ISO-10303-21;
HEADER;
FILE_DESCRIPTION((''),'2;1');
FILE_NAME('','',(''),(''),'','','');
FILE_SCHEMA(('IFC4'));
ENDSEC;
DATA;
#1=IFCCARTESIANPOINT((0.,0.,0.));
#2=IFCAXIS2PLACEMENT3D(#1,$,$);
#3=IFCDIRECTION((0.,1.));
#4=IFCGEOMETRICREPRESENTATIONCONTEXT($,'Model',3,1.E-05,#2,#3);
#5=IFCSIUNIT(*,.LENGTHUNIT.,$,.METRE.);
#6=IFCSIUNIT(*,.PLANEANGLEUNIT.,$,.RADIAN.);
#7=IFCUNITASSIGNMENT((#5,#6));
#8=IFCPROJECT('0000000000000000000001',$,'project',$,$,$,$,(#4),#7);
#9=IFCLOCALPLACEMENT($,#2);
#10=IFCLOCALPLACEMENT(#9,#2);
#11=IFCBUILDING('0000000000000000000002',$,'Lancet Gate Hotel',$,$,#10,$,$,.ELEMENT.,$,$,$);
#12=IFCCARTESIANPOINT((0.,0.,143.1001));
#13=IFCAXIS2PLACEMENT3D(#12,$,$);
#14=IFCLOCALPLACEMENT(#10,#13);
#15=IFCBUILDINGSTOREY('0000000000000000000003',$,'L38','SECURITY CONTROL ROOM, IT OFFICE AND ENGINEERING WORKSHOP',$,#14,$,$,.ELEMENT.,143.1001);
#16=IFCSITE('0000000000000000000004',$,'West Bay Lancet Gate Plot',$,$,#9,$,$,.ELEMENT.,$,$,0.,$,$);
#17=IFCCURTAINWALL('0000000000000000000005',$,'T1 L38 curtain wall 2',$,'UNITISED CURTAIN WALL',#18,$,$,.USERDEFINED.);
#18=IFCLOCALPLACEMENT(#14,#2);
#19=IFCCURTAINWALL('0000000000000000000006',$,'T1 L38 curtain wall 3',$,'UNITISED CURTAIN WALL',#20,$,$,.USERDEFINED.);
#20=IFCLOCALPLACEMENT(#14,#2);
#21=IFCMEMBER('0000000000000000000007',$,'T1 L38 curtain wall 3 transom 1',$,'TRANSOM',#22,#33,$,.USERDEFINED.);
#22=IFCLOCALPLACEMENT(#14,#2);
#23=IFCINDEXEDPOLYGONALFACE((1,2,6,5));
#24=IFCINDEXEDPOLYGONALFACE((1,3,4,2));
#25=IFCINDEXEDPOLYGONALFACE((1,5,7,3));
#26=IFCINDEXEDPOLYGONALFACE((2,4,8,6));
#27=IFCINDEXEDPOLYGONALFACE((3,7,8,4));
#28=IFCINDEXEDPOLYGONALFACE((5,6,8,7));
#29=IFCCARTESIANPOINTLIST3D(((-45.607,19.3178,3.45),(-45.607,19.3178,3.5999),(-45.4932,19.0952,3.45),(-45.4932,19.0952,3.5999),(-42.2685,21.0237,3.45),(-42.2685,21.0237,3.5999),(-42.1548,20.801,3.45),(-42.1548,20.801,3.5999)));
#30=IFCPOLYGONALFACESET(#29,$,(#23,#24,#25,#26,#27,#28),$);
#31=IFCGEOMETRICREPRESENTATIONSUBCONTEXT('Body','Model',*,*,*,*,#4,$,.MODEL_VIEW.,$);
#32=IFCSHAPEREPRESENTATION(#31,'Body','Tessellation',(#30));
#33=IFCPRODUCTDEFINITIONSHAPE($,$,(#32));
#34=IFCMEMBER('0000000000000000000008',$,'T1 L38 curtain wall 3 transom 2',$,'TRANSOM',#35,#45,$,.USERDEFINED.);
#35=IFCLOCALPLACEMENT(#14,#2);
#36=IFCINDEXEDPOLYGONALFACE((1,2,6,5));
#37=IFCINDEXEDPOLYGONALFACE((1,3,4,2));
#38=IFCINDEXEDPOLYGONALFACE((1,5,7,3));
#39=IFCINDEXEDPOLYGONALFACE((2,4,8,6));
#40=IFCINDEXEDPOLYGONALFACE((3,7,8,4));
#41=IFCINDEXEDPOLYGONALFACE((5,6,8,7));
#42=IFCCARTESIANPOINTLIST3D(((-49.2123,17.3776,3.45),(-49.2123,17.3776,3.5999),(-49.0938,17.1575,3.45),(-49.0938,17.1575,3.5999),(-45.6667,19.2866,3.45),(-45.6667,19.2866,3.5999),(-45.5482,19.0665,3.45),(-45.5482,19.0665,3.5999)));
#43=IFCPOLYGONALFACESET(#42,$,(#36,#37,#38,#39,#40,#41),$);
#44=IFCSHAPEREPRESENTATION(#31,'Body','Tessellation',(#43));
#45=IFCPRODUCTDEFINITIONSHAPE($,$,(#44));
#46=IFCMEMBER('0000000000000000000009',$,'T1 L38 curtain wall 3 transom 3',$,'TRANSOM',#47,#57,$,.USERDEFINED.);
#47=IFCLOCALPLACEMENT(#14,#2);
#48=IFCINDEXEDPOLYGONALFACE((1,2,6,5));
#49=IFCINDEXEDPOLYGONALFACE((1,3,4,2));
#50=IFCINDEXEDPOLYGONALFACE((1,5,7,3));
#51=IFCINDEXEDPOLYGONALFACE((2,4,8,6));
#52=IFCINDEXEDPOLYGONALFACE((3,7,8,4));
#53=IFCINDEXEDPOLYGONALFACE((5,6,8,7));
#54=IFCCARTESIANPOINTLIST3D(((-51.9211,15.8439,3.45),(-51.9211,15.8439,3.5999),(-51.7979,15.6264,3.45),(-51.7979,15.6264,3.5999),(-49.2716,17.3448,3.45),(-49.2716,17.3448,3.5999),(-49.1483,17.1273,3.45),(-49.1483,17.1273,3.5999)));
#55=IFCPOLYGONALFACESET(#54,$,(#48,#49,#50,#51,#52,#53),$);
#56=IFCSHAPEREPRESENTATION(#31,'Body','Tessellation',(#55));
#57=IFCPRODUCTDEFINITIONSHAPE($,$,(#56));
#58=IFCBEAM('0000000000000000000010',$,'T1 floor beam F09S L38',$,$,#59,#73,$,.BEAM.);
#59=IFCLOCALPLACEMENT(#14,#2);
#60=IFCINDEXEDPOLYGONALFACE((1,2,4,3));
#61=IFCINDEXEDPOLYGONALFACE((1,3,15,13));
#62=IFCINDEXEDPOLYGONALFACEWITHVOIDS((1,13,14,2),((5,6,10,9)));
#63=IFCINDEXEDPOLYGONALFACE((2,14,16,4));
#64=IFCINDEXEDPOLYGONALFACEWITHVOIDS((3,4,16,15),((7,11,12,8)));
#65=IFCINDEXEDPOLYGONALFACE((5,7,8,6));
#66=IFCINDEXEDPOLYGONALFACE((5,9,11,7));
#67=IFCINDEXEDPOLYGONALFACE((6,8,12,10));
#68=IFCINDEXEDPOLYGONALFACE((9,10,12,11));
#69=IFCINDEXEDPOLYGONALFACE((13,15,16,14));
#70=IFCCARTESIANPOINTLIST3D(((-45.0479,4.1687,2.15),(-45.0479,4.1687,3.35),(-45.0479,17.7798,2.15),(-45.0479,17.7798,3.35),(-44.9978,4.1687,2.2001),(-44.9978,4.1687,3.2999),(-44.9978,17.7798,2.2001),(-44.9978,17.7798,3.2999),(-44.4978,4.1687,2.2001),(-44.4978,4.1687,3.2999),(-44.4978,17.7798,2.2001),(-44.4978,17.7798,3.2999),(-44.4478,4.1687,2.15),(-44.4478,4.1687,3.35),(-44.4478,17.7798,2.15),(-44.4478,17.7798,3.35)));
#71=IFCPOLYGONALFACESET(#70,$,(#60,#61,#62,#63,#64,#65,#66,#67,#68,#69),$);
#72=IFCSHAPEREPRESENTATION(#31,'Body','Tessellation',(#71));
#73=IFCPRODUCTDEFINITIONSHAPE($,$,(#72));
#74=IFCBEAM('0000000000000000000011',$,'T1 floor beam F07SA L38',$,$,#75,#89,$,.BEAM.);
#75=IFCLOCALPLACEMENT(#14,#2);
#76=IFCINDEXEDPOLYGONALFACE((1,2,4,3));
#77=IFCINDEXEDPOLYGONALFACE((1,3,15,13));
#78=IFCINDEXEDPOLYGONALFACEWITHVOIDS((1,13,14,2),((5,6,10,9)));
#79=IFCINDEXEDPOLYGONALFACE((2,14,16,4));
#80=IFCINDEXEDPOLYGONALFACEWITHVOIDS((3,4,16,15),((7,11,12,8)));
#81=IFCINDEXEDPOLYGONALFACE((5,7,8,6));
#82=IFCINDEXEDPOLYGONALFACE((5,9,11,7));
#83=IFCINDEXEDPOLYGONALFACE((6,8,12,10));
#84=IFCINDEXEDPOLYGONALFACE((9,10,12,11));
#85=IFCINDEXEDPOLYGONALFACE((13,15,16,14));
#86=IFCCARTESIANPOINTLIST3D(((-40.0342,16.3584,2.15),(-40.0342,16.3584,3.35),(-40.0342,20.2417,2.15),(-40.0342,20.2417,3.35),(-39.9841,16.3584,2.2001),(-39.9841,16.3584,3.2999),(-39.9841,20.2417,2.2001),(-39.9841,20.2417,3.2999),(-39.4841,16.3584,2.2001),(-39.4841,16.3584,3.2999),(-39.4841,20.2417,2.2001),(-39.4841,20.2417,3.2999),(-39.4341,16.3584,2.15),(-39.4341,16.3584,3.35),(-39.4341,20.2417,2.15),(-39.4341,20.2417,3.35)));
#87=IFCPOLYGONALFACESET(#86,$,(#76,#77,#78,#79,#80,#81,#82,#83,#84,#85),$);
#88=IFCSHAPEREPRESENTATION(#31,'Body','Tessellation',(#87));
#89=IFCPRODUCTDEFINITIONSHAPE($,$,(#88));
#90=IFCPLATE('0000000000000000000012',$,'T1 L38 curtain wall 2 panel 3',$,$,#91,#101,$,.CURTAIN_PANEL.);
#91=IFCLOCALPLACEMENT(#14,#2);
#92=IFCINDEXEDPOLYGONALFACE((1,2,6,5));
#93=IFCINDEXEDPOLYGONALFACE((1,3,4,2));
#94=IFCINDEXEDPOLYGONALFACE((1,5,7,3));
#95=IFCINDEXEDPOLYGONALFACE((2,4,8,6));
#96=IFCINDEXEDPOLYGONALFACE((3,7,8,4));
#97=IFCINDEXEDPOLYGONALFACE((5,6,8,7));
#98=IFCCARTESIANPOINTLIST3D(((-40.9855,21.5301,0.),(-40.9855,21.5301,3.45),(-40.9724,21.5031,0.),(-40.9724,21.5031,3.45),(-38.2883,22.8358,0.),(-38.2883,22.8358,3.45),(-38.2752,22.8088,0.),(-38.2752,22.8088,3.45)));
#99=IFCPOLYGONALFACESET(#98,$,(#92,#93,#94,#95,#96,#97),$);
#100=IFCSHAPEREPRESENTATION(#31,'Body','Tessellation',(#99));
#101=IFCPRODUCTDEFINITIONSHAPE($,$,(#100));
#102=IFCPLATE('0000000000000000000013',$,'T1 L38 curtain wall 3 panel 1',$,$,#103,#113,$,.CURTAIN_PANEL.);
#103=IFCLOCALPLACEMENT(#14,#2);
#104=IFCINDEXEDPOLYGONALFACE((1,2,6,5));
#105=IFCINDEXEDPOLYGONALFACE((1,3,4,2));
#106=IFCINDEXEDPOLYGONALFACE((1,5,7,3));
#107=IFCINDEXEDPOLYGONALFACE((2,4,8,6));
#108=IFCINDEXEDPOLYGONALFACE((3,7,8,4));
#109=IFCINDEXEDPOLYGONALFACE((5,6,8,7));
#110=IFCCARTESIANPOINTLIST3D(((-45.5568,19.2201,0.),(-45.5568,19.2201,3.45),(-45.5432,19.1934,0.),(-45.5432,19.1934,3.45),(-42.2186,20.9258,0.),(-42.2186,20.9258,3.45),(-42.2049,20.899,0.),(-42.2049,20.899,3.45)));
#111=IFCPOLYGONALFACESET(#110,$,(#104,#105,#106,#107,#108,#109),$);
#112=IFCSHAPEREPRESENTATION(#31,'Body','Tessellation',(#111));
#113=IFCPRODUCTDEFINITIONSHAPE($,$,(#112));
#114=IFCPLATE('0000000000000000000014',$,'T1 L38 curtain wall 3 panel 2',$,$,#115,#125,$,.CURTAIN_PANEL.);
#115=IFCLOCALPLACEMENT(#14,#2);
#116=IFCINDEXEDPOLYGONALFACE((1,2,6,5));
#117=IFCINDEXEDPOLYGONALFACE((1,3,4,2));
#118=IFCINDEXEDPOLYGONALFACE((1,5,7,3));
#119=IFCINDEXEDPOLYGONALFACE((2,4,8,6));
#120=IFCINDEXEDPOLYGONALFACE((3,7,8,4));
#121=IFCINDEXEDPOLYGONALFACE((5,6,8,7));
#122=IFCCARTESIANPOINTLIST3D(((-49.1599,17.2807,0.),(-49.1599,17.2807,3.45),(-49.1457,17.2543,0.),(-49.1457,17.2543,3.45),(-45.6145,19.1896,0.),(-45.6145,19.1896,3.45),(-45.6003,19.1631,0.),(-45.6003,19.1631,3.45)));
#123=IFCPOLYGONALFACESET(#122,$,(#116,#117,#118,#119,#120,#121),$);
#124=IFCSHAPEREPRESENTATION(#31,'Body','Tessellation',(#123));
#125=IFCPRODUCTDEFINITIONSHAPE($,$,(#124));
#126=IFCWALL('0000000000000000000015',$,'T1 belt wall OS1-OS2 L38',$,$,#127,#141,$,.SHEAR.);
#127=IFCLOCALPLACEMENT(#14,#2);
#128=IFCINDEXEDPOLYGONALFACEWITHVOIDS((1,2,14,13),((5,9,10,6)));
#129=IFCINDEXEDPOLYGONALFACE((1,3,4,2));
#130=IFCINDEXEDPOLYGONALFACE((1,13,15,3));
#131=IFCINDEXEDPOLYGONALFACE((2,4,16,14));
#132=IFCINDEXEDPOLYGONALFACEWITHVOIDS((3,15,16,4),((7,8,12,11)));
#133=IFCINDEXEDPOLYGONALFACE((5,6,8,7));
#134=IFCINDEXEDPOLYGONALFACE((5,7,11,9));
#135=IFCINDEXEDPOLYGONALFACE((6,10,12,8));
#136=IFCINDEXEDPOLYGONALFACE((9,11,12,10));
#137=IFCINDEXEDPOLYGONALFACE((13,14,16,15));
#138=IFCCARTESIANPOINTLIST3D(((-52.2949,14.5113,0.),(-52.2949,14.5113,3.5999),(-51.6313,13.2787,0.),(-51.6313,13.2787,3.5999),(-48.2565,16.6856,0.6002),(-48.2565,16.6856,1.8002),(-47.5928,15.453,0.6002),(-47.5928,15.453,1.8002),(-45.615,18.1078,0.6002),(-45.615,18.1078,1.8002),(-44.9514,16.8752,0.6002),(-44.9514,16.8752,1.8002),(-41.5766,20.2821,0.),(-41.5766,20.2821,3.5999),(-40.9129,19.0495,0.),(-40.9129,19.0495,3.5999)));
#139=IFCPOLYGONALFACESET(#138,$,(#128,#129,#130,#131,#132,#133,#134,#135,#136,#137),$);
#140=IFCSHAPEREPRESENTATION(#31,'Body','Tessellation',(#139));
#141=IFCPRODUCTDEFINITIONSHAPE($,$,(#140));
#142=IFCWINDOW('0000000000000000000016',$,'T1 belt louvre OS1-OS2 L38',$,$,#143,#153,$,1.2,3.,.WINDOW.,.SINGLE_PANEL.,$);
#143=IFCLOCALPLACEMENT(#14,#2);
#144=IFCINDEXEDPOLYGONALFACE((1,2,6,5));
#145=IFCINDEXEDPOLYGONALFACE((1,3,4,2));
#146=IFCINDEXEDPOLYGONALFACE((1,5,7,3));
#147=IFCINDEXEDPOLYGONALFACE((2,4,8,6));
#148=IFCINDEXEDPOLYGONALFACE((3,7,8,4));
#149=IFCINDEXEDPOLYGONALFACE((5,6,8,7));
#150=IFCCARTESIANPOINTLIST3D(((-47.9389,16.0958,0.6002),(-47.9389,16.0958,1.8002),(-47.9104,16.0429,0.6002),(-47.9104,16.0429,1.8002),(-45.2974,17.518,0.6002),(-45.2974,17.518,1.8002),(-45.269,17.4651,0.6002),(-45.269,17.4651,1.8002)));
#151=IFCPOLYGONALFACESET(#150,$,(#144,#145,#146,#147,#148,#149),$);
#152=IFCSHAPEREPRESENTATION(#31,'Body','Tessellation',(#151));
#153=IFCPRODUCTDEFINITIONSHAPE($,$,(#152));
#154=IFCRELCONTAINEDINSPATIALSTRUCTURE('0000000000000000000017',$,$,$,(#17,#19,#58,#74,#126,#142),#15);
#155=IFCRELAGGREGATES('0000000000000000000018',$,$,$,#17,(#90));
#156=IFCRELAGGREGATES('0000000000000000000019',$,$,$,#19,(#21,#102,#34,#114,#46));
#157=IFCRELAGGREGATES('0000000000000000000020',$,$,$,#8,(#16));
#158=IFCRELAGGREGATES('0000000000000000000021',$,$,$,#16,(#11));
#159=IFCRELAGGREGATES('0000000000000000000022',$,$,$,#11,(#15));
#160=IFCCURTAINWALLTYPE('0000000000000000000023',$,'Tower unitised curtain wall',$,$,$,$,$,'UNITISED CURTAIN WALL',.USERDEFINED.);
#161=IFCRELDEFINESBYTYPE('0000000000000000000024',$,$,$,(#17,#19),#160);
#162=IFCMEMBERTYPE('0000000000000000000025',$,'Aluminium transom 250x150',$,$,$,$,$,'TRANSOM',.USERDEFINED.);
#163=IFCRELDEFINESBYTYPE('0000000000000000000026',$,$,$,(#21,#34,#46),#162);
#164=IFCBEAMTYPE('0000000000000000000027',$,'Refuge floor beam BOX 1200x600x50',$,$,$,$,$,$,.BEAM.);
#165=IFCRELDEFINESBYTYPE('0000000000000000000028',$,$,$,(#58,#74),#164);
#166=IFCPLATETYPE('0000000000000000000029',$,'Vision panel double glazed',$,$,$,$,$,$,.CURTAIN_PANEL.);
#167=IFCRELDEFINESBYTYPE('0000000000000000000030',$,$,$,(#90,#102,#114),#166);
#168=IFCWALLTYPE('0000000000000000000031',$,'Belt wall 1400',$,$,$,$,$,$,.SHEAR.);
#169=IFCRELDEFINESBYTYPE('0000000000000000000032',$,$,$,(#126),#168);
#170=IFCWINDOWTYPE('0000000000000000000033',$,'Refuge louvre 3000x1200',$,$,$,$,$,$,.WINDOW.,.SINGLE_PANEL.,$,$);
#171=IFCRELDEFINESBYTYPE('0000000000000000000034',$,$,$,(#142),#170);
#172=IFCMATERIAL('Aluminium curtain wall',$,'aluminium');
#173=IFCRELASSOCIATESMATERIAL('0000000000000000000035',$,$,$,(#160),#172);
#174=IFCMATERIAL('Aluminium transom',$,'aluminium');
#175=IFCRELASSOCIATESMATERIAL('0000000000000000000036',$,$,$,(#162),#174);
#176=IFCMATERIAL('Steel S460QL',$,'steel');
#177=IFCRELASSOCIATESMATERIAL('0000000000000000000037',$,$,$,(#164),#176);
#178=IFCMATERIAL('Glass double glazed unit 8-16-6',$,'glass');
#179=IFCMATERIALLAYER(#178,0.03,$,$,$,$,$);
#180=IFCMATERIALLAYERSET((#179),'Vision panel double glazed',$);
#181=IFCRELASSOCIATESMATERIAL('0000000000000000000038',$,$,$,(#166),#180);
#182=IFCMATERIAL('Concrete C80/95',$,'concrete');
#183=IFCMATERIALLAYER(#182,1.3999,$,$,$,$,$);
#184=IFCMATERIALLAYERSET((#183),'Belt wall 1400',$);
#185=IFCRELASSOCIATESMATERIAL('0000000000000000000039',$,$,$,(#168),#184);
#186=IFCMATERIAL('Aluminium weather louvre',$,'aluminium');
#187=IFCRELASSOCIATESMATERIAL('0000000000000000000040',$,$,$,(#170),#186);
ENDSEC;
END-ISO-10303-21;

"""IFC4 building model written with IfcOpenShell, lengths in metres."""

from ifc_helpers import new_model, si_unit, direction, frame, frame_2d, origin, origin_2d, place, context, subcontext, project, spatial, rectangle, hollow_rectangle, extrude, material, layer, layer_set, material_profile, profile_set, type_object, element, fill, aggregate, save


model = new_model("IFC4")

# Units and contexts
model_context = context("Model", 3, precision=1e-05, world=origin(), true_north=direction((0.0, 1.0)))
body_context = subcontext(model_context, "Body", "Model", "MODEL_VIEW")
ifc_project = project(units=[si_unit("LENGTHUNIT", "METRE"), si_unit("PLANEANGLEUNIT", "RADIAN")], contexts=[model_context])

# Site, building, storey
site_placement = place(None, origin())
site = spatial("IfcSite", under=ifc_project, at=site_placement, Name="West Bay Lancet Gate Plot", CompositionType="ELEMENT", RefElevation=0.0)
building_placement = place(site_placement, origin())
building = spatial("IfcBuilding", under=site, at=building_placement, Name="Lancet Gate Hotel", CompositionType="ELEMENT")
storey_placement = place(building_placement, frame((0.0, 0.0, 143.1001)))
storey = spatial("IfcBuildingStorey", under=building, at=storey_placement, Name="L38", Description="SECURITY CONTROL ROOM, IT OFFICE AND ENGINEERING WORKSHOP", CompositionType="ELEMENT", Elevation=143.1001)

# Curtain wall
ifc_material_1 = material(Name="Aluminium curtain wall", Category="aluminium")
curtain_wall_type = type_object("IfcCurtainWallType", Name="Tower unitised curtain wall", ElementType="UNITISED CURTAIN WALL", PredefinedType="USERDEFINED", material=ifc_material_1)
curtain_wall_1_placement = place(storey_placement, origin())
curtain_wall_1 = element("IfcCurtainWall", 1, at=curtain_wall_1_placement, inside=storey, type_object=curtain_wall_type, Name="T1 L38 curtain wall 2", ObjectType="UNITISED CURTAIN WALL", PredefinedType="USERDEFINED")

# Curtain wall
curtain_wall_2_placement = place(storey_placement, origin())
curtain_wall_2 = element("IfcCurtainWall", 2, at=curtain_wall_2_placement, inside=storey, type_object=curtain_wall_type, Name="T1 L38 curtain wall 3", ObjectType="UNITISED CURTAIN WALL", PredefinedType="USERDEFINED")

# Members
ifc_material_2 = material(Name="Aluminium transom", Category="aluminium")
ifc_material_profile_1 = material_profile(ifc_material_2, rectangle(XDim=0.25, YDim=0.1499, at=origin_2d()), Name="TRANSOM 250x150")
ifc_profile_set_1 = profile_set([ifc_material_profile_1], Name="Aluminium transom")
member_type_1 = type_object("IfcMemberType", Name="Aluminium transom 250x150", ElementType="TRANSOM", PredefinedType="USERDEFINED", material=ifc_profile_set_1)
member_1_placement = place(storey_placement, frame((-42.2117, 20.9124, 3.5249), z_axis=(-0.890486, -0.455011, 0.0), x_axis=(0.455011, -0.890486, 0.0)))
member_1 = element("IfcMember", 3, at=member_1_placement, type_object=member_type_1, Name="T1 L38 curtain wall 3 transom 1", ObjectType="TRANSOM", PredefinedType="USERDEFINED", context=body_context, shape_type="SweptSolid", body=[
    extrude(rectangle(XDim=0.25, YDim=0.1499, at=origin_2d()), origin(), (0.0, 0.0, 1.0), 3.749),
])
member_2_placement = place(storey_placement, frame((-45.6074, 19.1765, 3.5249), z_axis=(-0.880498, -0.474049, 0.0), x_axis=(0.474049, -0.880498, 0.0)))
member_2 = element("IfcMember", 4, at=member_2_placement, type_object=member_type_1, Name="T1 L38 curtain wall 3 transom 2", ObjectType="TRANSOM", PredefinedType="USERDEFINED", context=body_context, shape_type="SweptSolid", body=[
    extrude(rectangle(XDim=0.25, YDim=0.1499, at=origin_2d()), origin(), (0.0, 0.0, 1.0), 4.0269),
])
member_3_placement = place(storey_placement, frame((-49.21, 17.2361, 3.5249), z_axis=(-0.870092, -0.492889, 0.0), x_axis=(0.492889, -0.870092, 0.0)))
member_3 = element("IfcMember", 5, at=member_3_placement, type_object=member_type_1, Name="T1 L38 curtain wall 3 transom 3", ObjectType="TRANSOM", PredefinedType="USERDEFINED", context=body_context, shape_type="SweptSolid", body=[
    extrude(rectangle(XDim=0.25, YDim=0.1499, at=origin_2d()), origin(), (0.0, 0.0, 1.0), 3.0452),
])

# Beams
ifc_material_3 = material(Name="Steel S460QL", Category="steel")
ifc_material_profile_2 = material_profile(ifc_material_3, hollow_rectangle(XDim=0.6001, YDim=1.2, WallThickness=0.05, at=origin_2d()), Name="BOX 1200x600x50")
ifc_profile_set_2 = profile_set([ifc_material_profile_2], Name="Steel S460QL")
beam_type = type_object("IfcBeamType", Name="Refuge floor beam BOX 1200x600x50", PredefinedType="BEAM", material=ifc_profile_set_2)
beam_1_placement = place(storey_placement, frame((-44.7478, 17.7798, 2.75), z_axis=(0.0, -1.0, 0.0), x_axis=(1.0, 0.0, 0.0)))
element("IfcBeam", 6, at=beam_1_placement, inside=storey, type_object=beam_type, Name="T1 floor beam F09S L38", PredefinedType="BEAM", context=body_context, shape_type="SweptSolid", body=[
    extrude(hollow_rectangle(XDim=0.6001, YDim=1.2, WallThickness=0.05, at=origin_2d()), origin(), (0.0, 0.0, 1.0), 13.6111),
])
beam_2_placement = place(storey_placement, frame((-39.7341, 20.2417, 2.75), z_axis=(0.0, -1.0, 0.0), x_axis=(1.0, 0.0, 0.0)))
element("IfcBeam", 7, at=beam_2_placement, inside=storey, type_object=beam_type, Name="T1 floor beam F07SA L38", PredefinedType="BEAM", context=body_context, shape_type="SweptSolid", body=[
    extrude(hollow_rectangle(XDim=0.6001, YDim=1.2, WallThickness=0.05, at=origin_2d()), origin(), (0.0, 0.0, 1.0), 3.8833),
])

# Plates
ifc_material_4 = material(Name="Glass double glazed unit 8-16-6", Category="glass")
ifc_layer_1 = layer(ifc_material_4, 0.03)
ifc_layer_set_1 = layer_set([ifc_layer_1], Name="Vision panel double glazed")
plate_type = type_object("IfcPlateType", Name="Vision panel double glazed", PredefinedType="CURTAIN_PANEL", material=ifc_layer_set_1)
plate_1_placement = place(storey_placement, frame((-39.6304, 22.1694, 0.0), z_axis=(0.0, 0.0, 1.0), x_axis=(-0.900082, -0.435721, 0.0)))
plate_1 = element("IfcPlate", 8, at=plate_1_placement, type_object=plate_type, Name="T1 L38 curtain wall 2 panel 3", PredefinedType="CURTAIN_PANEL", context=body_context, shape_type="SweptSolid", body=[
    extrude(rectangle(XDim=2.9966, YDim=0.03, at=origin_2d()), origin(), (0.0, 0.0, 1.0), 3.45),
])
aggregate(curtain_wall_1, [plate_1])
plate_2_placement = place(storey_placement, frame((-43.8809, 20.0596, 0.0), z_axis=(0.0, 0.0, 1.0), x_axis=(-0.890493, -0.454996, 0.0)))
plate_2 = element("IfcPlate", 9, at=plate_2_placement, type_object=plate_type, Name="T1 L38 curtain wall 3 panel 1", PredefinedType="CURTAIN_PANEL", context=body_context, shape_type="SweptSolid", body=[
    extrude(rectangle(XDim=3.7488, YDim=0.03, at=origin_2d()), origin(), (0.0, 0.0, 1.0), 3.45),
])
plate_3_placement = place(storey_placement, frame((-47.3801, 18.2219, 0.0), z_axis=(0.0, 0.0, 1.0), x_axis=(-0.880493, -0.47406, 0.0)))
plate_3 = element("IfcPlate", 10, at=plate_3_placement, type_object=plate_type, Name="T1 L38 curtain wall 3 panel 2", PredefinedType="CURTAIN_PANEL", context=body_context, shape_type="SweptSolid", body=[
    extrude(rectangle(XDim=4.0266, YDim=0.03, at=origin_2d()), origin(), (0.0, 0.0, 1.0), 3.45),
])
aggregate(curtain_wall_2, [member_1, plate_2, member_2, plate_3, member_3])

# Wall, opening, window
ifc_material_5 = material(Name="Concrete C80/95", Category="concrete")
ifc_layer_2 = layer(ifc_material_5, 1.3999)
ifc_layer_set_2 = layer_set([ifc_layer_2], Name="Belt wall 1400")
wall_type = type_object("IfcWallType", Name="Belt wall 1400", PredefinedType="SHEAR", material=ifc_layer_set_2)
wall_placement = place(storey_placement, frame((-41.2449, 19.6658, 0.0), z_axis=(0.0, 0.0, 1.0), x_axis=(-0.880492, -0.47406, 0.0)))
wall = element("IfcWall", 11, at=wall_placement, inside=storey, type_object=wall_type, Name="T1 belt wall OS1-OS2 L38", PredefinedType="SHEAR", context=body_context, shape_type="SweptSolid", body=[
    extrude(rectangle(XDim=12.1731, YDim=1.3999, at=frame_2d((6.0864, 0.0))), origin(), (0.0, 0.0, 1.0), 3.5999),
])
opening_placement = place(wall_placement, frame((4.5864, 0.0, 0.6001)))
opening = element("IfcOpeningElement", 12, at=opening_placement, cuts=wall, PredefinedType="OPENING", context=body_context, shape_type="SweptSolid", body=[
    extrude(rectangle(XDim=3.0, YDim=1.2, at=frame_2d((1.5, 0.6001))), frame((0.0, 0.71, 0.0), z_axis=(0.0, -1.0, 0.0), x_axis=(1.0, 0.0, 0.0)), (0.0, 0.0, 1.0), 1.4199),
])
ifc_material_6 = material(Name="Aluminium weather louvre", Category="aluminium")
window_type = type_object("IfcWindowType", Name="Refuge louvre 3000x1200", PartitioningType="SINGLE_PANEL", PredefinedType="WINDOW", material=ifc_material_6)
window_placement = place(opening_placement, origin())
window = element("IfcWindow", 13, at=window_placement, inside=storey, type_object=window_type, Name="T1 belt louvre OS1-OS2 L38", OverallHeight=1.2, OverallWidth=3.0, PartitioningType="SINGLE_PANEL", PredefinedType="WINDOW", context=body_context, shape_type="SweptSolid", body=[
    extrude(rectangle(XDim=3.0, YDim=1.2, at=frame_2d((1.5, 0.6001))), frame((0.0, 0.03, 0.0), z_axis=(0.0, -1.0, 0.0), x_axis=(1.0, 0.0, 0.0)), (0.0, 0.0, 1.0), 0.0601),
])
fill(opening, window)

save(model, "model.ifc")
